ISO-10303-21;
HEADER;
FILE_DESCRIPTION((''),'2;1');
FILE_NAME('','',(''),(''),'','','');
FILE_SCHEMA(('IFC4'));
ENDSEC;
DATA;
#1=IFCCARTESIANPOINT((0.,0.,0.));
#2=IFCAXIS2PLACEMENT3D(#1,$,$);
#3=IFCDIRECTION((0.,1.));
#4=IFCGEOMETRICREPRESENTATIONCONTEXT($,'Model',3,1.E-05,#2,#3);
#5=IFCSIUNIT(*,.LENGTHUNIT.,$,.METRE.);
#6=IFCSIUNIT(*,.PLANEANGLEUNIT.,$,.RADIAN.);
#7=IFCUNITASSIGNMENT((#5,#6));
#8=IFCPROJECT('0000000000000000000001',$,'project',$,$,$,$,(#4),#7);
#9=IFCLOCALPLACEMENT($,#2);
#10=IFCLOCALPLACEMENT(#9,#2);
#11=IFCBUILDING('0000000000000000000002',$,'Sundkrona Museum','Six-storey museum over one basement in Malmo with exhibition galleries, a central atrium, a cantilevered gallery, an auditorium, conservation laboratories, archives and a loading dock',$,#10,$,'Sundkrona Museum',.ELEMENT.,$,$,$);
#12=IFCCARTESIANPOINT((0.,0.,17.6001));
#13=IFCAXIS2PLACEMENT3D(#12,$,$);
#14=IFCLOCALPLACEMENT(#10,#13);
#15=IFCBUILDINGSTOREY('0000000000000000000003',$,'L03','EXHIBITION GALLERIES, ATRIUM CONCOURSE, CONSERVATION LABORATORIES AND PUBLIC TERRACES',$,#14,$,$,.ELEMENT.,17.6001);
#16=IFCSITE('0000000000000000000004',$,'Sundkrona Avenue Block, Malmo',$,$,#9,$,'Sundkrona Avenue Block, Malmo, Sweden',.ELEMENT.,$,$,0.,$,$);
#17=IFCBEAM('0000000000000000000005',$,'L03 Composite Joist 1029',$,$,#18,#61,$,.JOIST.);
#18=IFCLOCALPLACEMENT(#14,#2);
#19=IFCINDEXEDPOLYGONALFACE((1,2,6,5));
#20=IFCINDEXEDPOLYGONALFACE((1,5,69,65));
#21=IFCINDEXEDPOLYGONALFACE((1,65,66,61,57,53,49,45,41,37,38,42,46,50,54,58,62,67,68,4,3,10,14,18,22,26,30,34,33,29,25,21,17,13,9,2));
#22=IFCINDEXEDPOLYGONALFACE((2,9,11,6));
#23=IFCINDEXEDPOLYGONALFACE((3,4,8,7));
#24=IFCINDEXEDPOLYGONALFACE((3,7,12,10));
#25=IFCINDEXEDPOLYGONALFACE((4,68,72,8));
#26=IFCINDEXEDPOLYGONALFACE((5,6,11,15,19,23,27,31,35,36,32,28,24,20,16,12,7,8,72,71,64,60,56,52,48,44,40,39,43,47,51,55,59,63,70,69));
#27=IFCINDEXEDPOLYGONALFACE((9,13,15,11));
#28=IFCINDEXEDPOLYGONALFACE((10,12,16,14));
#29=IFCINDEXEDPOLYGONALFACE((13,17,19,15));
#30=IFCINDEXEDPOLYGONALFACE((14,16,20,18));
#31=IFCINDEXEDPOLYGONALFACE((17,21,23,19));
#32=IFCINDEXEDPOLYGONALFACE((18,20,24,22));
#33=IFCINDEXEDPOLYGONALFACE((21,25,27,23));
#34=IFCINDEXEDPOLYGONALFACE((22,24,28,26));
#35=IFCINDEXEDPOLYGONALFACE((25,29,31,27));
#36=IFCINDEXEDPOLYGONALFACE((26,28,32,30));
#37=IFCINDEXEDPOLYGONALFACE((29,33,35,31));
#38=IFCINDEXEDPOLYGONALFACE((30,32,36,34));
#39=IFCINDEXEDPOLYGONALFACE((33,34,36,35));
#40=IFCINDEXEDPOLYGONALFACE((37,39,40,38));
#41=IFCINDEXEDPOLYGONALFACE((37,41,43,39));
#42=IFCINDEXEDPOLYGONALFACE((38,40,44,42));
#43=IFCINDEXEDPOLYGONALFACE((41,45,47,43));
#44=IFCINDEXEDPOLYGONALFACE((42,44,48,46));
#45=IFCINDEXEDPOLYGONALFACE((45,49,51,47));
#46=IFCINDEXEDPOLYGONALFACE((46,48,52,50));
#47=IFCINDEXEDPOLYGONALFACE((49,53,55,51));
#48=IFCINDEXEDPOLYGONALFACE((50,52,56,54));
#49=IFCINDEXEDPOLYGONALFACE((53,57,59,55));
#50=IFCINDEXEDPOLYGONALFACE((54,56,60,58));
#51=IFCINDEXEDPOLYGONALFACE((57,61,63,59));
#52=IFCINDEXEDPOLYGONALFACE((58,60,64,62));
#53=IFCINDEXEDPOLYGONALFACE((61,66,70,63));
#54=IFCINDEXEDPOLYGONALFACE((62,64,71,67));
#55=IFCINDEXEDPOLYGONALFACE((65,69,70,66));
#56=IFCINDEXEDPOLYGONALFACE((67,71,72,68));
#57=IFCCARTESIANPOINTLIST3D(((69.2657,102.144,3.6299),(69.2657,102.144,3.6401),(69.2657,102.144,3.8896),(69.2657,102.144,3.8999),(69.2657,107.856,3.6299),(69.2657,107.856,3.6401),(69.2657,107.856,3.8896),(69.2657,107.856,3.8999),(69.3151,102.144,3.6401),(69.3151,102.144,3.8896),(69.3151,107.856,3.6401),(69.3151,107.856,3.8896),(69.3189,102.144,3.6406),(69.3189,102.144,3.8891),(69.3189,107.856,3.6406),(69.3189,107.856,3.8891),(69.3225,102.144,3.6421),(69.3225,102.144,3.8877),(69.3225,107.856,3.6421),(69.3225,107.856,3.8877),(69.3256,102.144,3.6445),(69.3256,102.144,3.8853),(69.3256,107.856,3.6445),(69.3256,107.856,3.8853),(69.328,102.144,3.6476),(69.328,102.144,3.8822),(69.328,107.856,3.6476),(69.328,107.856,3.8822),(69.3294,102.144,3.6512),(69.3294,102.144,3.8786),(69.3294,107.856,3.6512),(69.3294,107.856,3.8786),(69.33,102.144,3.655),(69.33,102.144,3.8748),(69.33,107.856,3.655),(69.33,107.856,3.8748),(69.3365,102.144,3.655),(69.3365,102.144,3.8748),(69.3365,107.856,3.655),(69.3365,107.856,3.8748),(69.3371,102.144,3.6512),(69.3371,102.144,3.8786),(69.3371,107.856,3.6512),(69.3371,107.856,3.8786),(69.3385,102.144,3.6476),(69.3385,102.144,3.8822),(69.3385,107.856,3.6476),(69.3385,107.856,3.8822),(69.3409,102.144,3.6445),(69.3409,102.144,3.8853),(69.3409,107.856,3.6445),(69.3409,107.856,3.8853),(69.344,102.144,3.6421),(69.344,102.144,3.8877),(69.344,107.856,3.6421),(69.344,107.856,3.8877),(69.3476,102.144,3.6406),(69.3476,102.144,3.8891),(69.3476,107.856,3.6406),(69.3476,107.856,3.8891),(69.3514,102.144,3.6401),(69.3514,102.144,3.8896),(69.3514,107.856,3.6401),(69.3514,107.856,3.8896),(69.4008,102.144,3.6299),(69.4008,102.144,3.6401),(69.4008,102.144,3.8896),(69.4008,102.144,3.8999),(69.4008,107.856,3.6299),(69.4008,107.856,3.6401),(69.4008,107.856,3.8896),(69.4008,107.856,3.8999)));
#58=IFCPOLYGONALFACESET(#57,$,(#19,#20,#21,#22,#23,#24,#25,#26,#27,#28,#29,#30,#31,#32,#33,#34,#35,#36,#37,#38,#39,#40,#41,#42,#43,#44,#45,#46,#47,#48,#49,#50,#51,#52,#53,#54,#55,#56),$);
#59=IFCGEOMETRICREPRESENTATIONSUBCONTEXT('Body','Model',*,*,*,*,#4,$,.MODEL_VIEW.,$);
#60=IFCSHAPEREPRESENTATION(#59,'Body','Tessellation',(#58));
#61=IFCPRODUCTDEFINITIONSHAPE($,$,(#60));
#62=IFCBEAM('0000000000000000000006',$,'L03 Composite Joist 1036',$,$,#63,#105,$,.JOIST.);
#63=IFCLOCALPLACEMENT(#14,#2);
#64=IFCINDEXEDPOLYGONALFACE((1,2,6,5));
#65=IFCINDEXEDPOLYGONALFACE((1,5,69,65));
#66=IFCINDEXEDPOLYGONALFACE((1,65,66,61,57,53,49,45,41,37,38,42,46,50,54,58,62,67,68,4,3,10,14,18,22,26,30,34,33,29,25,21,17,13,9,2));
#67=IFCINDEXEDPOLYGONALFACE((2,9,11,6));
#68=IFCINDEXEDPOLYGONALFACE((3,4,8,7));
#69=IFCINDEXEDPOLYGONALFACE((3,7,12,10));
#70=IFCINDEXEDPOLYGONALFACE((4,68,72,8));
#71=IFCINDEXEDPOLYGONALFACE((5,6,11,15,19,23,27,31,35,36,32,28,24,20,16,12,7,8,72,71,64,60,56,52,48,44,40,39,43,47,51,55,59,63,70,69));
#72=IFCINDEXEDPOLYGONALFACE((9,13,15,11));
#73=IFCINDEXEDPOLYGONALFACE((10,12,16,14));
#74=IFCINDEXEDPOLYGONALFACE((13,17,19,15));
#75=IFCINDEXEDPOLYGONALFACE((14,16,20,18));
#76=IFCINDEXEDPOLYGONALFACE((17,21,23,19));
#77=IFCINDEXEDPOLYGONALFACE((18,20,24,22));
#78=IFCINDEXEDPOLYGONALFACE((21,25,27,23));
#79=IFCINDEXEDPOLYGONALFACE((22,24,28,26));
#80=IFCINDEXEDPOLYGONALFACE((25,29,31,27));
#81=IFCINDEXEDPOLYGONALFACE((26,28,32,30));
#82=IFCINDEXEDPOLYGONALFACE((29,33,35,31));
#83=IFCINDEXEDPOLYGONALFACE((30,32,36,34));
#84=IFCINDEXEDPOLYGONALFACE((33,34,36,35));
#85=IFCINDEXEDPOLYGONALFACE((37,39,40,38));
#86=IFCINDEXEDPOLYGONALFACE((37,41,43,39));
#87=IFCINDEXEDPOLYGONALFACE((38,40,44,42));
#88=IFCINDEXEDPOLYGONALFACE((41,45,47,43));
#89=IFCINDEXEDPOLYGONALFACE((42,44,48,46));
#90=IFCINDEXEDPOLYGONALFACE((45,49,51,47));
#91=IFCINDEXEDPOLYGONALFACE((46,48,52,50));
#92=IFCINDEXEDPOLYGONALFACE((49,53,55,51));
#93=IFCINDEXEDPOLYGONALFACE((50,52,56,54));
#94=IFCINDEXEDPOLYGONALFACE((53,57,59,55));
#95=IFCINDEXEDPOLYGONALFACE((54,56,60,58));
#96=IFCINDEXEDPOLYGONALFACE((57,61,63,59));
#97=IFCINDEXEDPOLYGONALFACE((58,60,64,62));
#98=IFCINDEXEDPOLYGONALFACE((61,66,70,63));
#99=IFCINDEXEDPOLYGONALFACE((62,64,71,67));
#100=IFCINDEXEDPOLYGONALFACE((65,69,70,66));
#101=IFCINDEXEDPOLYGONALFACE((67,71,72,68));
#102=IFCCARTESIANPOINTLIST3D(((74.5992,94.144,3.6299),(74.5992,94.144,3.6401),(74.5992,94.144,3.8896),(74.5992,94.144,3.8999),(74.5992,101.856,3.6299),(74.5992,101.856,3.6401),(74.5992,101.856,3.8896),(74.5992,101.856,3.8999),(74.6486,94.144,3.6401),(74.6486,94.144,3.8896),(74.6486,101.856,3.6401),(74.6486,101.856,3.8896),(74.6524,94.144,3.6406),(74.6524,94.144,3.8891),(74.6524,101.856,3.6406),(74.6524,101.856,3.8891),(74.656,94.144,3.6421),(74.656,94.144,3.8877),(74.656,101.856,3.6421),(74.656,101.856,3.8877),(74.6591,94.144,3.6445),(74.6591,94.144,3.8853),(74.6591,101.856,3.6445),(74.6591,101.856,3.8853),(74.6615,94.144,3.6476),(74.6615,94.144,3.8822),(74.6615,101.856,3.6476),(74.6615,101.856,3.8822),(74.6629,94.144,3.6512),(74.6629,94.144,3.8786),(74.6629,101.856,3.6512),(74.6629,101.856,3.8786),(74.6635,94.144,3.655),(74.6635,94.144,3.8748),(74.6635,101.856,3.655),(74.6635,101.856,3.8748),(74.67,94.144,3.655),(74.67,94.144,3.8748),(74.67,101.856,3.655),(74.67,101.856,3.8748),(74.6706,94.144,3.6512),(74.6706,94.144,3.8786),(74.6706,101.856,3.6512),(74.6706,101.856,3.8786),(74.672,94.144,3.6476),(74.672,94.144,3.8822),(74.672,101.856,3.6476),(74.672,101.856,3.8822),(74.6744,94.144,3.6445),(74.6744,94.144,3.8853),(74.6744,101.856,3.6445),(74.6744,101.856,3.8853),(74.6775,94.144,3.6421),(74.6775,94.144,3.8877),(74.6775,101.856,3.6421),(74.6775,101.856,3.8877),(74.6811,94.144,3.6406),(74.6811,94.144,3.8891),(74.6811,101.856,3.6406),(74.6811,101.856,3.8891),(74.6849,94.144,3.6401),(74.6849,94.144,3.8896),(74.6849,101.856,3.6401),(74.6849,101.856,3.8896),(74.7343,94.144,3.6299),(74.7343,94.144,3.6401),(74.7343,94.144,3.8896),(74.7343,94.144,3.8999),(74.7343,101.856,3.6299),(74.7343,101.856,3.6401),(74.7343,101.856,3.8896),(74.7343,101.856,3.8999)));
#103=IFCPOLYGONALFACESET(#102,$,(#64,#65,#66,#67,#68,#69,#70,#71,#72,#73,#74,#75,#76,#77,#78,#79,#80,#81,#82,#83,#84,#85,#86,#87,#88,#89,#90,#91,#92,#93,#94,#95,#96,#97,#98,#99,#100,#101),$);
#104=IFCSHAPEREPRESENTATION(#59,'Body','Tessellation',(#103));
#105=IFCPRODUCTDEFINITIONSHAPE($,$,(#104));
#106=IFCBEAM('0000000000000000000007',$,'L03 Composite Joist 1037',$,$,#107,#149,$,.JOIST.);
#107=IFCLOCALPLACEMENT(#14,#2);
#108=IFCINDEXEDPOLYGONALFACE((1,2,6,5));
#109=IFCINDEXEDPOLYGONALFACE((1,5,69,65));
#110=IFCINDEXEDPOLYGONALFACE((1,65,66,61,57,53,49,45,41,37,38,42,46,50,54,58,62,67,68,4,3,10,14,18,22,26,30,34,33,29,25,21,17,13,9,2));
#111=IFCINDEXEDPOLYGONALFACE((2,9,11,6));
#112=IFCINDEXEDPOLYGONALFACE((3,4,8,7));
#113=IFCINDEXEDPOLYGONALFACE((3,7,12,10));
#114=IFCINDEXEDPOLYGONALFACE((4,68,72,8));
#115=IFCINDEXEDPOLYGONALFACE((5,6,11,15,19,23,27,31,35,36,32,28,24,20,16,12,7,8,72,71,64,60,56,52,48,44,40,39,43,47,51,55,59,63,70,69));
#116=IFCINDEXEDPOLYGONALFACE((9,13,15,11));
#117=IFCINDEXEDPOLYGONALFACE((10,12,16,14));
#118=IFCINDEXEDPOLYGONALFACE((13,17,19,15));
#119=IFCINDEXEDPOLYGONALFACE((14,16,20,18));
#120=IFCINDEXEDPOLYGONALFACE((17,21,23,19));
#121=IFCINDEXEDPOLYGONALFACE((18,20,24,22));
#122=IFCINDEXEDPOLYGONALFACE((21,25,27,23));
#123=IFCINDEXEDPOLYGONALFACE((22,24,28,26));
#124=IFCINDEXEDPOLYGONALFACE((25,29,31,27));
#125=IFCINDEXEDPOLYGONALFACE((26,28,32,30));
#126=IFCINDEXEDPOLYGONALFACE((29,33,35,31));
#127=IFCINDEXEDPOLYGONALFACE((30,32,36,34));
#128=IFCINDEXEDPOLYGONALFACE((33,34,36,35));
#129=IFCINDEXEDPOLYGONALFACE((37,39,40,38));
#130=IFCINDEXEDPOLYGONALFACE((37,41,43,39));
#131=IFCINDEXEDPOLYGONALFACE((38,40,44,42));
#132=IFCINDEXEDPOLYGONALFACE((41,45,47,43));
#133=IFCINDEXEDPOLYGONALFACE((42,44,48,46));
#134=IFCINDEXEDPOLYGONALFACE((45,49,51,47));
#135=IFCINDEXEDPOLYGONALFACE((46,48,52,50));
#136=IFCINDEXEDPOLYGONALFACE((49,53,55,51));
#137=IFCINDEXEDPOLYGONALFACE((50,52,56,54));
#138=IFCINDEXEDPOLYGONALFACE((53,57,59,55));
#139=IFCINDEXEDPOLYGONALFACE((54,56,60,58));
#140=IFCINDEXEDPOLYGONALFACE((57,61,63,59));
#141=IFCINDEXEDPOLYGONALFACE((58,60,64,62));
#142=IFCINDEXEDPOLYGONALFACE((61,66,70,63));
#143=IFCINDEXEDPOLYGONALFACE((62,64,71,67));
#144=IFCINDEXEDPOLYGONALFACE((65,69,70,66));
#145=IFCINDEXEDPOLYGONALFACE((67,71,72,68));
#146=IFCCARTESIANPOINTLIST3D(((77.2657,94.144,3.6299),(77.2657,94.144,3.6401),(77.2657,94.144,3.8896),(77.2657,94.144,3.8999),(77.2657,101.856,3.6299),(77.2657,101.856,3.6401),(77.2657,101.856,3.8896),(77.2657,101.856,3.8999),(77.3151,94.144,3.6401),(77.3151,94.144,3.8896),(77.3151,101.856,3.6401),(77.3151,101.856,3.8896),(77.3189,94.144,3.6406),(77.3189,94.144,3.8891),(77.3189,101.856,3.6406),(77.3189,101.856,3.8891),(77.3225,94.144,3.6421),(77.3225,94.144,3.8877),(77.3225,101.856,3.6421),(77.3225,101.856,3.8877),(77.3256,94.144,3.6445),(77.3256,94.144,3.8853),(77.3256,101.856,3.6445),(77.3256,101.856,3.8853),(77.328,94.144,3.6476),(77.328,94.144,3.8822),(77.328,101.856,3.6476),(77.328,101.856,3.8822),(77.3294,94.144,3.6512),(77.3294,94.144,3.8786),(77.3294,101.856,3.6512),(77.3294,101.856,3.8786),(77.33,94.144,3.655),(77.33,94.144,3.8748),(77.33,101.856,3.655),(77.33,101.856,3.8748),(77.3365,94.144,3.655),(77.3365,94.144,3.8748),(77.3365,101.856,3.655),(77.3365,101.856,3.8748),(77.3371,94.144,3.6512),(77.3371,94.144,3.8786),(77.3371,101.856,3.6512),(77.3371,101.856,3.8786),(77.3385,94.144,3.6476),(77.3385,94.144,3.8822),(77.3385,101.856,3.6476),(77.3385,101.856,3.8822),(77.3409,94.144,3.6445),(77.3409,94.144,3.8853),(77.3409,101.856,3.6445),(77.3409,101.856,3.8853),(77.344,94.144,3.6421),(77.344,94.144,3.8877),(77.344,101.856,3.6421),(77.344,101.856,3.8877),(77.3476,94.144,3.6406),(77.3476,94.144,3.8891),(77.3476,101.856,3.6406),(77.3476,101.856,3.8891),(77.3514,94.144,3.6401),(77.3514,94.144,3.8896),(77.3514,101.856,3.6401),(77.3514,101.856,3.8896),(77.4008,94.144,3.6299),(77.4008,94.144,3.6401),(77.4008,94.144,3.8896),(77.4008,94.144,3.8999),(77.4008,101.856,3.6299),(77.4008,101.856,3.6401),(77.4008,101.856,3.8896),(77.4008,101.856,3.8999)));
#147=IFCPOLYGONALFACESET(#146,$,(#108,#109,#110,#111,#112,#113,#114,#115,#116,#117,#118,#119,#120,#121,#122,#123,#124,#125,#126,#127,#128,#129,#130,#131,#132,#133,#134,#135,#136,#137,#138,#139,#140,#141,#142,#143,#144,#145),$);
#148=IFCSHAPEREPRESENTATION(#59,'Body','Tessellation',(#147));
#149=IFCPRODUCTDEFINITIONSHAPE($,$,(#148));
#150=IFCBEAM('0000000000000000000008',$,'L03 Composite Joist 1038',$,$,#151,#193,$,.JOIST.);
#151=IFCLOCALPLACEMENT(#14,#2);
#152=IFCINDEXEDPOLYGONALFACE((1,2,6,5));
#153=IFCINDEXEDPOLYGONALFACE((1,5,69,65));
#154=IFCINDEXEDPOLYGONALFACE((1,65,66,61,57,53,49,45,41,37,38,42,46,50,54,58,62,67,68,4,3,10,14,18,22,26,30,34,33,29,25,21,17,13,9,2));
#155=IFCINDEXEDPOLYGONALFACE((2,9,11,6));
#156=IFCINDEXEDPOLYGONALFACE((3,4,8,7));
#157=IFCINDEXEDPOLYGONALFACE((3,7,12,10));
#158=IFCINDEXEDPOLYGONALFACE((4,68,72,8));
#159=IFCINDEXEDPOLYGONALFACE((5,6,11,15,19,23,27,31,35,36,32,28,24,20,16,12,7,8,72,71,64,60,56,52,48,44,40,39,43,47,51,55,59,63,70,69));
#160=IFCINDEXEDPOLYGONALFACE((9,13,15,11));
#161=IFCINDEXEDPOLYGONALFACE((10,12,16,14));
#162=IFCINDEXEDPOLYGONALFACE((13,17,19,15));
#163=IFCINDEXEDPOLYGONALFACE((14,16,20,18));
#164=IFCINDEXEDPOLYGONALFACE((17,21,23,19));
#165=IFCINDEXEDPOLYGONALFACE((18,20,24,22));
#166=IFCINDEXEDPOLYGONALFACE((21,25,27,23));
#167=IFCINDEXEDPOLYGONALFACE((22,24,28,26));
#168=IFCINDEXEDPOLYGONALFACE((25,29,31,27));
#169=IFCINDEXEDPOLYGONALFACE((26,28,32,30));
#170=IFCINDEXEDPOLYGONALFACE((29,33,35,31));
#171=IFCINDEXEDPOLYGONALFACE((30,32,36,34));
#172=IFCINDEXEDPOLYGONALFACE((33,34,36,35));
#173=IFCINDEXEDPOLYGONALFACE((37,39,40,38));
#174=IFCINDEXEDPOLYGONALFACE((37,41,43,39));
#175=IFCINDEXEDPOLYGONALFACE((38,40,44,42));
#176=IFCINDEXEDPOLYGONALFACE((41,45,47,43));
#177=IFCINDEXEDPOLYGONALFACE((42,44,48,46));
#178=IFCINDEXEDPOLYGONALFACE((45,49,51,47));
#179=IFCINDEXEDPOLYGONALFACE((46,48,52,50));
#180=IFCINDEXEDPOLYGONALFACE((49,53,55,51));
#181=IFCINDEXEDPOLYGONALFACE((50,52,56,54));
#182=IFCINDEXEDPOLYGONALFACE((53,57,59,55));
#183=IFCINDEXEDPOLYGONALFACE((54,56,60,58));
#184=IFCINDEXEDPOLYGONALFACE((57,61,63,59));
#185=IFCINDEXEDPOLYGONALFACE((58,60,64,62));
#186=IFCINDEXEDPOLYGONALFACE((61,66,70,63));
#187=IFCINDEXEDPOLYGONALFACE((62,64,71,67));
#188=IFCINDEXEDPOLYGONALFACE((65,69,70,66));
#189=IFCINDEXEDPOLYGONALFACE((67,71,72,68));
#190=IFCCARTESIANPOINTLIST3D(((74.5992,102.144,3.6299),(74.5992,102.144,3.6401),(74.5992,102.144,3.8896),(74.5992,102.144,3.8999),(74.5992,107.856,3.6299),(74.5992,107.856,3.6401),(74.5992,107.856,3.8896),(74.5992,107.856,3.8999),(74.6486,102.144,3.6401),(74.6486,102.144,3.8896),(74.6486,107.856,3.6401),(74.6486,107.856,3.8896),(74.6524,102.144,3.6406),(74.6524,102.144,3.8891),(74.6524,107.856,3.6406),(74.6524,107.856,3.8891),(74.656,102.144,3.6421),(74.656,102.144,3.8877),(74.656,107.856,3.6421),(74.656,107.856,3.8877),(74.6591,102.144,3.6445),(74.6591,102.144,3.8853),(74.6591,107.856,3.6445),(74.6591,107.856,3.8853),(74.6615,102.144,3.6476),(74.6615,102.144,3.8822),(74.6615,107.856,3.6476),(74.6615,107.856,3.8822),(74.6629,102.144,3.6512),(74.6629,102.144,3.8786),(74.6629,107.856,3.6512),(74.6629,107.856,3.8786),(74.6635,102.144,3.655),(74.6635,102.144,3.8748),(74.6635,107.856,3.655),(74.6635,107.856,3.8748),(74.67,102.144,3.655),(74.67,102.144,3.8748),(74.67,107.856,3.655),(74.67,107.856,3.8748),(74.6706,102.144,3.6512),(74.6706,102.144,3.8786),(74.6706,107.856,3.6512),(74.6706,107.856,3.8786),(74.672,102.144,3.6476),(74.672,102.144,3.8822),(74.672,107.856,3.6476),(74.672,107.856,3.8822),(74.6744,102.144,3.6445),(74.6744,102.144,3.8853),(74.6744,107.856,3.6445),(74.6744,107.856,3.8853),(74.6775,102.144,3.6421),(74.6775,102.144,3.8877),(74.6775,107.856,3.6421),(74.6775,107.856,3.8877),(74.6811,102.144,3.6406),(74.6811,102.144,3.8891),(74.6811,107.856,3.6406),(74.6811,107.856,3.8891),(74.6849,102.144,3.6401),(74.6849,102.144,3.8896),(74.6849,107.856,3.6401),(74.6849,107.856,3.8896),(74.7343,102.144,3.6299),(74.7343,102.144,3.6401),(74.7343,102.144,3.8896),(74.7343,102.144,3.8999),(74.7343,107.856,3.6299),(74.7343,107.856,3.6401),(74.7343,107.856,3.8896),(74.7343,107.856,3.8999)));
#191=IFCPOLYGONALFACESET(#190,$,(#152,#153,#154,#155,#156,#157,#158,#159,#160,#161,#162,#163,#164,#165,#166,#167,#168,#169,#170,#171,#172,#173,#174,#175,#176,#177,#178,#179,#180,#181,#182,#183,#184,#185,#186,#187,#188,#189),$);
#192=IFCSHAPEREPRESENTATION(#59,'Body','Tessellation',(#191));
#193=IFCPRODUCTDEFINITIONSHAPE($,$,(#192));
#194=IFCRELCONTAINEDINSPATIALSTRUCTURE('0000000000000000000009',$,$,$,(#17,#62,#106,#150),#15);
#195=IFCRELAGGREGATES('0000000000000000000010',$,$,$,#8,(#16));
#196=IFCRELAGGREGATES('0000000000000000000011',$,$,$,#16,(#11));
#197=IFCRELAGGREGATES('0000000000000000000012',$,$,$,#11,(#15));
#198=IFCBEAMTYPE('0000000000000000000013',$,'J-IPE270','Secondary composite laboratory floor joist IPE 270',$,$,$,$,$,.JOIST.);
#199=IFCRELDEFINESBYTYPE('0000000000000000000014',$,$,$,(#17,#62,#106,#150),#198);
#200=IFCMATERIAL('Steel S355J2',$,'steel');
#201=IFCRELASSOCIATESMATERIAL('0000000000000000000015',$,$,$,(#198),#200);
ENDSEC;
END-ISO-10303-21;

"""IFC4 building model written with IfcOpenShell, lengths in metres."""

from ifc_helpers import new_model, si_unit, direction, frame, origin, origin_2d, place, context, subcontext, project, spatial, i_section, extrude, material, material_profile, profile_set, type_object, element, save


model = new_model("IFC4")

# Units and contexts
model_context = context("Model", 3, precision=1e-05, world=origin(), true_north=direction((0.0, 1.0)))
body_context = subcontext(model_context, "Body", "Model", "MODEL_VIEW")
ifc_project = project(units=[si_unit("LENGTHUNIT", "METRE"), si_unit("PLANEANGLEUNIT", "RADIAN")], contexts=[model_context])

# Site, building, storey
site_placement = place(None, origin())
site = spatial("IfcSite", under=ifc_project, at=site_placement, Name="Sundkrona Avenue Block, Malmo", LongName="Sundkrona Avenue Block, Malmo, Sweden", CompositionType="ELEMENT", RefElevation=0.0)
building_placement = place(site_placement, origin())
building = spatial("IfcBuilding", under=site, at=building_placement, Name="Sundkrona Museum", Description="Six-storey museum over one basement in Malmo with exhibition galleries, a central atrium, a cantilevered gallery, an auditorium, conservation laboratories, archives and a loading dock", LongName="Sundkrona Museum", CompositionType="ELEMENT")
storey_placement = place(building_placement, frame((0.0, 0.0, 17.6001)))
storey = spatial("IfcBuildingStorey", under=building, at=storey_placement, Name="L03", Description="EXHIBITION GALLERIES, ATRIUM CONCOURSE, CONSERVATION LABORATORIES AND PUBLIC TERRACES", CompositionType="ELEMENT", Elevation=17.6001)

# Shared definitions
ifc_material_1 = material(Name="Steel S355J2", Category="steel")

# Beams
ifc_material_profile_1 = material_profile(ifc_material_1, i_section(OverallWidth=0.135, OverallDepth=0.27, WebThickness=0.0066, FlangeThickness=0.0103, FilletRadius=0.0149, at=origin_2d()), Name="IPE 270")
ifc_profile_set_1 = profile_set([ifc_material_profile_1], Name="Steel S355J2")
beam_type_1 = type_object("IfcBeamType", Name="J-IPE270", Description="Secondary composite laboratory floor joist IPE 270", PredefinedType="JOIST", material=ifc_profile_set_1)
for number, where, z_axis, x_axis, name in (
    (1, (69.3333, 102.144, 3.7649), (0.0, 1.0, 0.0), (-1.0, 0.0, 0.0), "L03 Composite Joist 1029"),
):
    element("IfcBeam", number, at=place(storey_placement, frame(where, z_axis=z_axis, x_axis=x_axis)), inside=storey, type_object=beam_type_1, Name=name, PredefinedType="JOIST", context=body_context, shape_type="SweptSolid", body=[
        extrude(i_section(OverallWidth=0.135, OverallDepth=0.27, WebThickness=0.0066, FlangeThickness=0.0103, FilletRadius=0.0149, at=origin_2d()), origin(), (0.0, 0.0, 1.0), 5.7119),
    ])
for number, where, z_axis, x_axis, name in (
    (2, (74.6667, 94.144, 3.7649), (0.0, 1.0, 0.0), (-1.0, 0.0, 0.0), "L03 Composite Joist 1036"),
    (3, (77.3333, 94.144, 3.7649), (0.0, 1.0, 0.0), (-1.0, 0.0, 0.0), "L03 Composite Joist 1037"),
):
    element("IfcBeam", number, at=place(storey_placement, frame(where, z_axis=z_axis, x_axis=x_axis)), inside=storey, type_object=beam_type_1, Name=name, PredefinedType="JOIST", context=body_context, shape_type="SweptSolid", body=[
        extrude(i_section(OverallWidth=0.135, OverallDepth=0.27, WebThickness=0.0066, FlangeThickness=0.0103, FilletRadius=0.0149, at=origin_2d()), origin(), (0.0, 0.0, 1.0), 7.7119),
    ])
for number, where, z_axis, x_axis, name in (
    (4, (74.6667, 102.144, 3.7649), (0.0, 1.0, 0.0), (-1.0, 0.0, 0.0), "L03 Composite Joist 1038"),
):
    element("IfcBeam", number, at=place(storey_placement, frame(where, z_axis=z_axis, x_axis=x_axis)), inside=storey, type_object=beam_type_1, Name=name, PredefinedType="JOIST", context=body_context, shape_type="SweptSolid", body=[
        extrude(i_section(OverallWidth=0.135, OverallDepth=0.27, WebThickness=0.0066, FlangeThickness=0.0103, FilletRadius=0.0149, at=origin_2d()), origin(), (0.0, 0.0, 1.0), 5.7119),
    ])

save(model, "model.ifc")
